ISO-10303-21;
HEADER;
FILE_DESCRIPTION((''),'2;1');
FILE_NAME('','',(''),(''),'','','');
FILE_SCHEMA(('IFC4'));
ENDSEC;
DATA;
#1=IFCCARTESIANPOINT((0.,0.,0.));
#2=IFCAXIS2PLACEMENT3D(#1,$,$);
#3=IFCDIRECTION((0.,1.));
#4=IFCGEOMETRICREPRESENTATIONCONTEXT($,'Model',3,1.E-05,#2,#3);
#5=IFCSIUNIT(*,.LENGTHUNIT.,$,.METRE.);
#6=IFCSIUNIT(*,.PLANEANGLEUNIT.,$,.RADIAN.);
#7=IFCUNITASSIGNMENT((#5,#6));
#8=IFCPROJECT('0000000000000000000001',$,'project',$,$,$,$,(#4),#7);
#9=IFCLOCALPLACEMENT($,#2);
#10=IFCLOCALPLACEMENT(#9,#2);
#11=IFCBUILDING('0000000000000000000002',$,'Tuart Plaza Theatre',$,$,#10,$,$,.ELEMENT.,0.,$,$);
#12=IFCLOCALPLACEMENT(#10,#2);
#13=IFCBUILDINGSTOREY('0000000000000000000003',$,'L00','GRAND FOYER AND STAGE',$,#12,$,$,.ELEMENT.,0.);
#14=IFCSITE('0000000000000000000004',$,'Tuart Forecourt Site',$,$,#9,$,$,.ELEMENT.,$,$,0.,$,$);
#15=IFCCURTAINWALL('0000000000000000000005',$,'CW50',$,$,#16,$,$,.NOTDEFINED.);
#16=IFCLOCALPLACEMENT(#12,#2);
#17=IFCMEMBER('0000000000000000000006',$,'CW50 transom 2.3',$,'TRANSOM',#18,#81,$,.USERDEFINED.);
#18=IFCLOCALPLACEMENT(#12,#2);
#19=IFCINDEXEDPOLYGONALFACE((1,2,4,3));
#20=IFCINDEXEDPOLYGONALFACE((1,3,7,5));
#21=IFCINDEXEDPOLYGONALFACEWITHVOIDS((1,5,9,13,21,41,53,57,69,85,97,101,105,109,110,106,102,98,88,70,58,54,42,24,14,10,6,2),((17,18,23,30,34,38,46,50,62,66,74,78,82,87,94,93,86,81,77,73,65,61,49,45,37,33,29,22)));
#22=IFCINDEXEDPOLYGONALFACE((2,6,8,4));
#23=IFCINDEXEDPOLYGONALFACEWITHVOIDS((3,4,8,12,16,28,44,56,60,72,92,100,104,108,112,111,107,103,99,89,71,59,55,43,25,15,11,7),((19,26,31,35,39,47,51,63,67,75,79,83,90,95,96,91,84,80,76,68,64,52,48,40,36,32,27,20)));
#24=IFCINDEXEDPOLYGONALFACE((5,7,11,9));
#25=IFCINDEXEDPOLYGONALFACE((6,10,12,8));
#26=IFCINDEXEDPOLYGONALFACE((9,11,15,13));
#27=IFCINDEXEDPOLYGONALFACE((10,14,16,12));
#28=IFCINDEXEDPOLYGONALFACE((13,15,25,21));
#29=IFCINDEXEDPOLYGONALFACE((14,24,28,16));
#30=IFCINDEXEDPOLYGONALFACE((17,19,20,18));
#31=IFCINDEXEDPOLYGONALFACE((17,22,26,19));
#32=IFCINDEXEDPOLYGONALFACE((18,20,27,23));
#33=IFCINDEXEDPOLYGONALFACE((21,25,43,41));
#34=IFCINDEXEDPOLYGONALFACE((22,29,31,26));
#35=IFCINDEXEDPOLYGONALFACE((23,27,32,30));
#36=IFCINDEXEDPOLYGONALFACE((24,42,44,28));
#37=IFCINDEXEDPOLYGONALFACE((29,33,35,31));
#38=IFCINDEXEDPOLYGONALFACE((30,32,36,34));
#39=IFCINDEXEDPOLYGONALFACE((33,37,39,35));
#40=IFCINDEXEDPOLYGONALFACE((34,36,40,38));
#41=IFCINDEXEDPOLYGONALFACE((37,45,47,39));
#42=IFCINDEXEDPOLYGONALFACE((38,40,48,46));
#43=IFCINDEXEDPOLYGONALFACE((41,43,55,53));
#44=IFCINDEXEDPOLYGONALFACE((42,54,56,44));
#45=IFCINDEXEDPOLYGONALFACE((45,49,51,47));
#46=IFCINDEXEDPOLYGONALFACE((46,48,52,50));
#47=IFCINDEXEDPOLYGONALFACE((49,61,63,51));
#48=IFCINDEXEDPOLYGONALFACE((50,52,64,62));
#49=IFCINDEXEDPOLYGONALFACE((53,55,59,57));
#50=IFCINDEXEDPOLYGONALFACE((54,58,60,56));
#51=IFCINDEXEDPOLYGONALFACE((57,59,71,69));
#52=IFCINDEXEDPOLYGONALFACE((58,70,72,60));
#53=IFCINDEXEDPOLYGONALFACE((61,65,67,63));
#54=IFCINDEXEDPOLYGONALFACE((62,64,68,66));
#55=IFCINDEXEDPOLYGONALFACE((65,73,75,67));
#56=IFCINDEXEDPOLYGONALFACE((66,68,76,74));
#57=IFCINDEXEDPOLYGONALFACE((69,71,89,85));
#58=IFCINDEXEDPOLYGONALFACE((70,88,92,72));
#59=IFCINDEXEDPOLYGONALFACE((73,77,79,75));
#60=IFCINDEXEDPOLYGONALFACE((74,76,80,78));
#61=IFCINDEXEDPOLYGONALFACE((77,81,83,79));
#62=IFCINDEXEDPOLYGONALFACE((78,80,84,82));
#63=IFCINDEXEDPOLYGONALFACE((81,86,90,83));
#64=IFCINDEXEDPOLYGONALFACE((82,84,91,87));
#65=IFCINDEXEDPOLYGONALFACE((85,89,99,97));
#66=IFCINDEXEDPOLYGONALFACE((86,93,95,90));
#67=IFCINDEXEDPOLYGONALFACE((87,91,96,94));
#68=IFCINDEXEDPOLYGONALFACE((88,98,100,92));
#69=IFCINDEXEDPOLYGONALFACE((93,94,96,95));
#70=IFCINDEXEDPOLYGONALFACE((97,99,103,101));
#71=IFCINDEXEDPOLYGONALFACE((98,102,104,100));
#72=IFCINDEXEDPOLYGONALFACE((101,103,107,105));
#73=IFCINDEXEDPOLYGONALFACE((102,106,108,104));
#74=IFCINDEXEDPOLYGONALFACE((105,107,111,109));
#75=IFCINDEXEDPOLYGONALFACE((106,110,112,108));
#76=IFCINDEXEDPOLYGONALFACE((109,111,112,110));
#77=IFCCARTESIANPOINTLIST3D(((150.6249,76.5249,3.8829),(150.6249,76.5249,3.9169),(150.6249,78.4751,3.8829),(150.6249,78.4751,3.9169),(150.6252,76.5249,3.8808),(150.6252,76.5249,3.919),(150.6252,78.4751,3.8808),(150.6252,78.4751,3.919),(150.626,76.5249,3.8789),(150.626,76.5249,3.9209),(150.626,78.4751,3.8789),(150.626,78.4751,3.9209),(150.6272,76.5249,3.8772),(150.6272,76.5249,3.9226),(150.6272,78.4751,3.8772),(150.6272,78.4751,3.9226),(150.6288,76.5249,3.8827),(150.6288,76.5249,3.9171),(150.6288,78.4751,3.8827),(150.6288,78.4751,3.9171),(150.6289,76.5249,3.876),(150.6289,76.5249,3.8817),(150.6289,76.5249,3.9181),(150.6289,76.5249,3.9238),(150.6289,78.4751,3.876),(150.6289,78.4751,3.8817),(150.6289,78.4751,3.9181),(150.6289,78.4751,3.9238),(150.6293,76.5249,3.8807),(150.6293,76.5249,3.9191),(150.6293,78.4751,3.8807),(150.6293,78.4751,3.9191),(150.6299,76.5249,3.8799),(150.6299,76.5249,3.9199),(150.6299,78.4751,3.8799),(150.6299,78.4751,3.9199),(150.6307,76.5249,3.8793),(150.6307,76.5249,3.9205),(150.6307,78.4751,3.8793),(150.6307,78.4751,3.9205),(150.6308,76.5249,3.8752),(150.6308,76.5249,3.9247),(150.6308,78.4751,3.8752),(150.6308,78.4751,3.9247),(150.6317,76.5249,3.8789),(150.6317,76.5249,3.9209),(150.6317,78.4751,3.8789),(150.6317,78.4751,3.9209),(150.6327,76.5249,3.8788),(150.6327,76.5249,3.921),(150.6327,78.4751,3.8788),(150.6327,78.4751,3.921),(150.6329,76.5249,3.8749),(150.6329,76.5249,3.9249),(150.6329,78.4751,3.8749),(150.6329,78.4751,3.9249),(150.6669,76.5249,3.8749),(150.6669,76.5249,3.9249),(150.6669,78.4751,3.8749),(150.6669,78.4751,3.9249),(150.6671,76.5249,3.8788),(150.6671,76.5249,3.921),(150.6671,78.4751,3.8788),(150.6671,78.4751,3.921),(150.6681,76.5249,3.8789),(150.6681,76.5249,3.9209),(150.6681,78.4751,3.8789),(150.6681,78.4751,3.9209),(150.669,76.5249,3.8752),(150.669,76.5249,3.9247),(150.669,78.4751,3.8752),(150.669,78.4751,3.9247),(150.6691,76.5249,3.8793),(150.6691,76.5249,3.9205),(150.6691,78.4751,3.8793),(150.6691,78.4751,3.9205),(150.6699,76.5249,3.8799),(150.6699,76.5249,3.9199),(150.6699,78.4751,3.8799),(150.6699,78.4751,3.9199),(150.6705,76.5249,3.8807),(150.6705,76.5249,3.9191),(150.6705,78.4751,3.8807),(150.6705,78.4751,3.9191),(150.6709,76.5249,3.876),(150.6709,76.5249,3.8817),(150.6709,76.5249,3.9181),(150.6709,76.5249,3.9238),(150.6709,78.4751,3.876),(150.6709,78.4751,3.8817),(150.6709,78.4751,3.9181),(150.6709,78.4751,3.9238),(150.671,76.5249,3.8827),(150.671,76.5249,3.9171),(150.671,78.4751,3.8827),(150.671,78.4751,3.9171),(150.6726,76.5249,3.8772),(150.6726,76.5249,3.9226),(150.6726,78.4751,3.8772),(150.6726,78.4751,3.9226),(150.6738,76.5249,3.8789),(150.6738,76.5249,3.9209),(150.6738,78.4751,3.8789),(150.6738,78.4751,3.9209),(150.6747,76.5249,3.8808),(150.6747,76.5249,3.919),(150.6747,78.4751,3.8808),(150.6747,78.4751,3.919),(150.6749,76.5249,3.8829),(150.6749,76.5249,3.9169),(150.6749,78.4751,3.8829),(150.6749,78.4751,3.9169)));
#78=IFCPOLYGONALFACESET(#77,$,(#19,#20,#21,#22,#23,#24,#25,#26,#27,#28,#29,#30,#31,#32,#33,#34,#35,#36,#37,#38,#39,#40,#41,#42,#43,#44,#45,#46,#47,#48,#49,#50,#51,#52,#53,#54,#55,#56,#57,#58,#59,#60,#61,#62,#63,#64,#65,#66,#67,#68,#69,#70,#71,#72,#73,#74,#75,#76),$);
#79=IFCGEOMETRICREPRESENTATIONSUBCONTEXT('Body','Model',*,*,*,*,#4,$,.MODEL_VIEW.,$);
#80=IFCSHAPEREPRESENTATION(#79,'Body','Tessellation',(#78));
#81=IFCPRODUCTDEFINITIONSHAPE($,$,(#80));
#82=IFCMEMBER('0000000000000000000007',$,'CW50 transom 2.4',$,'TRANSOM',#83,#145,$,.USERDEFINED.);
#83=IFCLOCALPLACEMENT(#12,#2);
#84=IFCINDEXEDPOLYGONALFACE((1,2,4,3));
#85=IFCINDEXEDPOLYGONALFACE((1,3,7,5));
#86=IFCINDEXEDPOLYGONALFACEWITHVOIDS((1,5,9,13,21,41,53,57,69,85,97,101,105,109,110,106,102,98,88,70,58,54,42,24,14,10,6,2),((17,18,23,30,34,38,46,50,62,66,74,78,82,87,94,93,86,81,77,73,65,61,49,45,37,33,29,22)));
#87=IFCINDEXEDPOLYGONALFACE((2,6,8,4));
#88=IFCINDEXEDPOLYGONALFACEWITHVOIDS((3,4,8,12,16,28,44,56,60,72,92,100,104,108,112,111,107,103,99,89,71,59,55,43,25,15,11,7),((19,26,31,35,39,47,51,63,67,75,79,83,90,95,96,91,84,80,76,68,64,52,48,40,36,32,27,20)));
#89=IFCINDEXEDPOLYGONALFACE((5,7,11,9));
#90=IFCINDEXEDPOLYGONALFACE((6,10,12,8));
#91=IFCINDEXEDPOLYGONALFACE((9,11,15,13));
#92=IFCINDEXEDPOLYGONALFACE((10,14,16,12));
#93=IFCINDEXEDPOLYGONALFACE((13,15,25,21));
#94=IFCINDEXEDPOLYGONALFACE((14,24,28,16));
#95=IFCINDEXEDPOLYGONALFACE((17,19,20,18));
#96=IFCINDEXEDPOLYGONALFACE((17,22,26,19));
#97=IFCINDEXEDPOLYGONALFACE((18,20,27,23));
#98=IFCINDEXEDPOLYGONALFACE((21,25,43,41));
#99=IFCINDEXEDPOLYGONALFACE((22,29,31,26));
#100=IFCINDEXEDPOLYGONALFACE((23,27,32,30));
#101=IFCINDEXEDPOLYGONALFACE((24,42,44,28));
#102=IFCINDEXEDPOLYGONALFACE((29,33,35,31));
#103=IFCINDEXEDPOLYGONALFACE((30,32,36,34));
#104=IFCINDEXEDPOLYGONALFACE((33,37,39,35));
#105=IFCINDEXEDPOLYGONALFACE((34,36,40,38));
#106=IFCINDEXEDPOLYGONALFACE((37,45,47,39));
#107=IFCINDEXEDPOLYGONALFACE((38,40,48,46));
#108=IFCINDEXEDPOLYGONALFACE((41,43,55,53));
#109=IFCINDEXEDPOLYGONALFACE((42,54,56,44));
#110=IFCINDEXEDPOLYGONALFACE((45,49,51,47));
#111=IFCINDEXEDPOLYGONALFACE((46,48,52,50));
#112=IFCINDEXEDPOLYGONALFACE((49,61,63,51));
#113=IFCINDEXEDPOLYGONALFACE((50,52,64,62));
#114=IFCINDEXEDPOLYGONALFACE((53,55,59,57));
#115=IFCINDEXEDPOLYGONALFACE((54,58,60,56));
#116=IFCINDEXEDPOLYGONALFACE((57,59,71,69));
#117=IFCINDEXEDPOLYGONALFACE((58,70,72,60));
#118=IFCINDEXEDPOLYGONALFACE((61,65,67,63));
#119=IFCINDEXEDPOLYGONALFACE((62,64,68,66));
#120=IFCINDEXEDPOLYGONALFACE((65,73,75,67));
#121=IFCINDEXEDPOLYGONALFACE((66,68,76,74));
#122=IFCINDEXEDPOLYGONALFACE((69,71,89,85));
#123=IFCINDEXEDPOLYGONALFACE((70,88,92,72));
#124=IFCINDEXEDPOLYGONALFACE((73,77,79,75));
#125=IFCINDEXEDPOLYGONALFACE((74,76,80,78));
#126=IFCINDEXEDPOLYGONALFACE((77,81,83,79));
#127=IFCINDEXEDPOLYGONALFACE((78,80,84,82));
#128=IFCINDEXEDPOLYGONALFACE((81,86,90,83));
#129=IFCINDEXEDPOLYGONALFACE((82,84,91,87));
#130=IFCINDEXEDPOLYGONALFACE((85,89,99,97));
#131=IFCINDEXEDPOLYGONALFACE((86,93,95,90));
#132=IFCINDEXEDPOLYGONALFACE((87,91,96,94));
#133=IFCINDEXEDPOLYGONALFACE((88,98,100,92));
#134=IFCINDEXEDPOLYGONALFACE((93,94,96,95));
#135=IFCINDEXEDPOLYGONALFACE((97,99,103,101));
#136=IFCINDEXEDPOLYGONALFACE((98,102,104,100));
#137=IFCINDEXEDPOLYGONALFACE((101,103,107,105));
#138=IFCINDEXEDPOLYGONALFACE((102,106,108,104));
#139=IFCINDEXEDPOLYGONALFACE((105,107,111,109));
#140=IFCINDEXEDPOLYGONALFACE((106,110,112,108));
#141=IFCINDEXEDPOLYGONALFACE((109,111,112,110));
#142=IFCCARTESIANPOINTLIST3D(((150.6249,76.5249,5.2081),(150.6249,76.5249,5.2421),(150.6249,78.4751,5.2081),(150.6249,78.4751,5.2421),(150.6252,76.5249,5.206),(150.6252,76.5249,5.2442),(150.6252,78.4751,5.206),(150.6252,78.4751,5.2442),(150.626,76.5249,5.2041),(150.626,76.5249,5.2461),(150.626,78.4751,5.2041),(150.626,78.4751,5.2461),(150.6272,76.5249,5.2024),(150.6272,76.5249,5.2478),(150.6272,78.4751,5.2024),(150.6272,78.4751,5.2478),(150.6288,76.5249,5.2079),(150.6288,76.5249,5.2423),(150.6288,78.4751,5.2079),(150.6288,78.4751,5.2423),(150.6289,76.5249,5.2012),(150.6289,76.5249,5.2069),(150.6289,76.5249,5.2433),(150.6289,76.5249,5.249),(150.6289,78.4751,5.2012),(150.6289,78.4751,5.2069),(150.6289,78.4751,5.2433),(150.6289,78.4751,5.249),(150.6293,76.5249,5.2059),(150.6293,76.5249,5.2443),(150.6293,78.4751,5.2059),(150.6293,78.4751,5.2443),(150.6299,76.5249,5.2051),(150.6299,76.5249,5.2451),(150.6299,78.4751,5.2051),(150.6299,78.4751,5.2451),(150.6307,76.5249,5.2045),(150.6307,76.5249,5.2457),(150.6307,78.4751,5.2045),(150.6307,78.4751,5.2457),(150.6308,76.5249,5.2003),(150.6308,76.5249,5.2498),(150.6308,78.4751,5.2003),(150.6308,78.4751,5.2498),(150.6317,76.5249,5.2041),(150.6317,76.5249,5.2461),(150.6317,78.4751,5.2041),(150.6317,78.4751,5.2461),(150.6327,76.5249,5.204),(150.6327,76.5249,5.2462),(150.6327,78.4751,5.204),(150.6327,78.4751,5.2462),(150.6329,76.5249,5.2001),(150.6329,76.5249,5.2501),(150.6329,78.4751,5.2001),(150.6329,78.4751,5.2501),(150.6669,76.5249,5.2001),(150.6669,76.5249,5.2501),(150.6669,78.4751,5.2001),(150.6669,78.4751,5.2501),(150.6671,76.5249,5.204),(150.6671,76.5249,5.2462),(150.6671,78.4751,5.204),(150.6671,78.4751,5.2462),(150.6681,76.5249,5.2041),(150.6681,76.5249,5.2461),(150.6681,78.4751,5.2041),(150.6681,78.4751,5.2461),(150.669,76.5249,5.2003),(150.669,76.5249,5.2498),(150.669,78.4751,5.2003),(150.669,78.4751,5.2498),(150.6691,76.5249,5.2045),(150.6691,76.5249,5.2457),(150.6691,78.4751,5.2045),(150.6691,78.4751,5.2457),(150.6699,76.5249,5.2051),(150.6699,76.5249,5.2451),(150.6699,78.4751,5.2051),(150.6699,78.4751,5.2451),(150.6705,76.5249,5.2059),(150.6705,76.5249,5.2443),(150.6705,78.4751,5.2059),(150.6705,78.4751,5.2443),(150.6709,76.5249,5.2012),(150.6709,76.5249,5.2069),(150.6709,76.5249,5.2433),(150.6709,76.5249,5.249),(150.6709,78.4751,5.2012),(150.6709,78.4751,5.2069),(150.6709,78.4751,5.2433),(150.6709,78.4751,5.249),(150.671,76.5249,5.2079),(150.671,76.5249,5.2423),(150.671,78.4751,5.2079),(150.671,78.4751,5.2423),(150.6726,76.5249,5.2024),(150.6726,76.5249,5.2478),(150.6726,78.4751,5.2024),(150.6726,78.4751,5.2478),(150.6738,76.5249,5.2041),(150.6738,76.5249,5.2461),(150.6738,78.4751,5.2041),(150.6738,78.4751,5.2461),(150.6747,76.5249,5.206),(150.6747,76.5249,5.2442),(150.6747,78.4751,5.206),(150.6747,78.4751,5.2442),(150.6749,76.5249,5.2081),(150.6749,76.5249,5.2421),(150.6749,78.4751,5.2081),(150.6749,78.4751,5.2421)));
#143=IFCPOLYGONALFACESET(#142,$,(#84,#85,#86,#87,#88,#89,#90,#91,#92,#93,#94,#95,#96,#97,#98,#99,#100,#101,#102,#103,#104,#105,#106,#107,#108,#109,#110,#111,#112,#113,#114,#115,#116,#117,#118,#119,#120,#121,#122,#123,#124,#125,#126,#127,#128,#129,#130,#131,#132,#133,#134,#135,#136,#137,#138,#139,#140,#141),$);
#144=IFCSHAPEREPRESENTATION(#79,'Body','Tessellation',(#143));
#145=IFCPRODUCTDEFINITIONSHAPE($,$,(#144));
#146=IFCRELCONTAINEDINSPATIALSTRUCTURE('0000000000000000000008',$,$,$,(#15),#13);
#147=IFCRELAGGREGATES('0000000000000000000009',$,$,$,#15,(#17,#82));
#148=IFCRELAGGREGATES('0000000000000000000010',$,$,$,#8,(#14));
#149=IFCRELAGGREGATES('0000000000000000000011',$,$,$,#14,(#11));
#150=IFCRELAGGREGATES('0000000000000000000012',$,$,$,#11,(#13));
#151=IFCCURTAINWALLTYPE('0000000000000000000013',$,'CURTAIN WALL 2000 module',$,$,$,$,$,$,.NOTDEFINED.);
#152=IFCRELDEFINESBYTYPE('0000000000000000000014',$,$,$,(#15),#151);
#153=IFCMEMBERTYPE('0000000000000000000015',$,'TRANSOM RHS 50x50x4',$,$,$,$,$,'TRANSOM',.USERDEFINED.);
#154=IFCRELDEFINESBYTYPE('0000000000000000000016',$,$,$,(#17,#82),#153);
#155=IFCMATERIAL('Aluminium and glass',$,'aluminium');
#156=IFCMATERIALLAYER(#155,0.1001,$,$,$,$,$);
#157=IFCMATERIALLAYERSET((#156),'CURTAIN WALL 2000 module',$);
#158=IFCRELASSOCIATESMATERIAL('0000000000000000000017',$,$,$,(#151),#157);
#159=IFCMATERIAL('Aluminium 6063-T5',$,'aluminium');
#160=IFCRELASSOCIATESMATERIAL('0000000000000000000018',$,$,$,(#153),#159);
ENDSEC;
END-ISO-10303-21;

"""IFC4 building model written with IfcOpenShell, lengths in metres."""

from ifc_helpers import new_model, si_unit, direction, frame, origin, origin_2d, place, context, subcontext, project, spatial, hollow_rectangle, extrude, material, layer, layer_set, material_profile, profile_set, type_object, element, aggregate, save


model = new_model("IFC4")

# Units and contexts
model_context = context("Model", 3, precision=1e-05, world=origin(), true_north=direction((0.0, 1.0)))
body_context = subcontext(model_context, "Body", "Model", "MODEL_VIEW")
ifc_project = project(units=[si_unit("LENGTHUNIT", "METRE"), si_unit("PLANEANGLEUNIT", "RADIAN")], contexts=[model_context])

# Site, building, storey
site_placement = place(None, origin())
site = spatial("IfcSite", under=ifc_project, at=site_placement, Name="Tuart Forecourt Site", CompositionType="ELEMENT", RefElevation=0.0)
building_placement = place(site_placement, origin())
building = spatial("IfcBuilding", under=site, at=building_placement, Name="Tuart Plaza Theatre", CompositionType="ELEMENT", ElevationOfRefHeight=0.0)
storey_placement = place(building_placement, origin())
storey = spatial("IfcBuildingStorey", under=building, at=storey_placement, Name="L00", Description="GRAND FOYER AND STAGE", CompositionType="ELEMENT", Elevation=0.0)

# Curtain wall, members
ifc_material_1 = material(Name="Aluminium and glass", Category="aluminium")
ifc_layer_1 = layer(ifc_material_1, 0.1001)
ifc_layer_set_1 = layer_set([ifc_layer_1], Name="CURTAIN WALL 2000 module")
curtain_wall_type = type_object("IfcCurtainWallType", Name="CURTAIN WALL 2000 module", PredefinedType="NOTDEFINED", material=ifc_layer_set_1)
curtain_wall_placement = place(storey_placement, origin())
curtain_wall = element("IfcCurtainWall", 1, at=curtain_wall_placement, inside=storey, type_object=curtain_wall_type, Name="CW50", PredefinedType="NOTDEFINED")
ifc_material_2 = material(Name="Aluminium 6063-T5", Category="aluminium")
ifc_material_profile_1 = material_profile(ifc_material_2, hollow_rectangle(XDim=0.05, YDim=0.05, WallThickness=0.0039, InnerFilletRadius=0.0039, OuterFilletRadius=0.0081, at=origin_2d()), Name="RHS 50x50x4")
ifc_profile_set_1 = profile_set([ifc_material_profile_1], Name="Aluminium 6063-T5")
member_type_1 = type_object("IfcMemberType", Name="TRANSOM RHS 50x50x4", ElementType="TRANSOM", PredefinedType="USERDEFINED", material=ifc_profile_set_1)
member_1_placement = place(storey_placement, frame((150.6499, 76.5249, 3.8999), z_axis=(0.0, 1.0, 0.0), x_axis=(-1.0, 0.0, 0.0)))
member_1 = element("IfcMember", 2, at=member_1_placement, type_object=member_type_1, Name="CW50 transom 2.3", ObjectType="TRANSOM", PredefinedType="USERDEFINED", context=body_context, shape_type="SweptSolid", body=[
    extrude(hollow_rectangle(XDim=0.05, YDim=0.05, WallThickness=0.0039, InnerFilletRadius=0.0039, OuterFilletRadius=0.0081, at=origin_2d()), origin(), (0.0, 0.0, 1.0), 1.9502),
])
member_2_placement = place(storey_placement, frame((150.6499, 76.5249, 5.2251), z_axis=(0.0, 1.0, 0.0), x_axis=(-1.0, 0.0, 0.0)))
member_2 = element("IfcMember", 3, at=member_2_placement, type_object=member_type_1, Name="CW50 transom 2.4", ObjectType="TRANSOM", PredefinedType="USERDEFINED", context=body_context, shape_type="SweptSolid", body=[
    extrude(hollow_rectangle(XDim=0.05, YDim=0.05, WallThickness=0.0039, InnerFilletRadius=0.0039, OuterFilletRadius=0.0081, at=origin_2d()), origin(), (0.0, 0.0, 1.0), 1.9502),
])
aggregate(curtain_wall, [member_1, member_2])

save(model, "model.ifc")
